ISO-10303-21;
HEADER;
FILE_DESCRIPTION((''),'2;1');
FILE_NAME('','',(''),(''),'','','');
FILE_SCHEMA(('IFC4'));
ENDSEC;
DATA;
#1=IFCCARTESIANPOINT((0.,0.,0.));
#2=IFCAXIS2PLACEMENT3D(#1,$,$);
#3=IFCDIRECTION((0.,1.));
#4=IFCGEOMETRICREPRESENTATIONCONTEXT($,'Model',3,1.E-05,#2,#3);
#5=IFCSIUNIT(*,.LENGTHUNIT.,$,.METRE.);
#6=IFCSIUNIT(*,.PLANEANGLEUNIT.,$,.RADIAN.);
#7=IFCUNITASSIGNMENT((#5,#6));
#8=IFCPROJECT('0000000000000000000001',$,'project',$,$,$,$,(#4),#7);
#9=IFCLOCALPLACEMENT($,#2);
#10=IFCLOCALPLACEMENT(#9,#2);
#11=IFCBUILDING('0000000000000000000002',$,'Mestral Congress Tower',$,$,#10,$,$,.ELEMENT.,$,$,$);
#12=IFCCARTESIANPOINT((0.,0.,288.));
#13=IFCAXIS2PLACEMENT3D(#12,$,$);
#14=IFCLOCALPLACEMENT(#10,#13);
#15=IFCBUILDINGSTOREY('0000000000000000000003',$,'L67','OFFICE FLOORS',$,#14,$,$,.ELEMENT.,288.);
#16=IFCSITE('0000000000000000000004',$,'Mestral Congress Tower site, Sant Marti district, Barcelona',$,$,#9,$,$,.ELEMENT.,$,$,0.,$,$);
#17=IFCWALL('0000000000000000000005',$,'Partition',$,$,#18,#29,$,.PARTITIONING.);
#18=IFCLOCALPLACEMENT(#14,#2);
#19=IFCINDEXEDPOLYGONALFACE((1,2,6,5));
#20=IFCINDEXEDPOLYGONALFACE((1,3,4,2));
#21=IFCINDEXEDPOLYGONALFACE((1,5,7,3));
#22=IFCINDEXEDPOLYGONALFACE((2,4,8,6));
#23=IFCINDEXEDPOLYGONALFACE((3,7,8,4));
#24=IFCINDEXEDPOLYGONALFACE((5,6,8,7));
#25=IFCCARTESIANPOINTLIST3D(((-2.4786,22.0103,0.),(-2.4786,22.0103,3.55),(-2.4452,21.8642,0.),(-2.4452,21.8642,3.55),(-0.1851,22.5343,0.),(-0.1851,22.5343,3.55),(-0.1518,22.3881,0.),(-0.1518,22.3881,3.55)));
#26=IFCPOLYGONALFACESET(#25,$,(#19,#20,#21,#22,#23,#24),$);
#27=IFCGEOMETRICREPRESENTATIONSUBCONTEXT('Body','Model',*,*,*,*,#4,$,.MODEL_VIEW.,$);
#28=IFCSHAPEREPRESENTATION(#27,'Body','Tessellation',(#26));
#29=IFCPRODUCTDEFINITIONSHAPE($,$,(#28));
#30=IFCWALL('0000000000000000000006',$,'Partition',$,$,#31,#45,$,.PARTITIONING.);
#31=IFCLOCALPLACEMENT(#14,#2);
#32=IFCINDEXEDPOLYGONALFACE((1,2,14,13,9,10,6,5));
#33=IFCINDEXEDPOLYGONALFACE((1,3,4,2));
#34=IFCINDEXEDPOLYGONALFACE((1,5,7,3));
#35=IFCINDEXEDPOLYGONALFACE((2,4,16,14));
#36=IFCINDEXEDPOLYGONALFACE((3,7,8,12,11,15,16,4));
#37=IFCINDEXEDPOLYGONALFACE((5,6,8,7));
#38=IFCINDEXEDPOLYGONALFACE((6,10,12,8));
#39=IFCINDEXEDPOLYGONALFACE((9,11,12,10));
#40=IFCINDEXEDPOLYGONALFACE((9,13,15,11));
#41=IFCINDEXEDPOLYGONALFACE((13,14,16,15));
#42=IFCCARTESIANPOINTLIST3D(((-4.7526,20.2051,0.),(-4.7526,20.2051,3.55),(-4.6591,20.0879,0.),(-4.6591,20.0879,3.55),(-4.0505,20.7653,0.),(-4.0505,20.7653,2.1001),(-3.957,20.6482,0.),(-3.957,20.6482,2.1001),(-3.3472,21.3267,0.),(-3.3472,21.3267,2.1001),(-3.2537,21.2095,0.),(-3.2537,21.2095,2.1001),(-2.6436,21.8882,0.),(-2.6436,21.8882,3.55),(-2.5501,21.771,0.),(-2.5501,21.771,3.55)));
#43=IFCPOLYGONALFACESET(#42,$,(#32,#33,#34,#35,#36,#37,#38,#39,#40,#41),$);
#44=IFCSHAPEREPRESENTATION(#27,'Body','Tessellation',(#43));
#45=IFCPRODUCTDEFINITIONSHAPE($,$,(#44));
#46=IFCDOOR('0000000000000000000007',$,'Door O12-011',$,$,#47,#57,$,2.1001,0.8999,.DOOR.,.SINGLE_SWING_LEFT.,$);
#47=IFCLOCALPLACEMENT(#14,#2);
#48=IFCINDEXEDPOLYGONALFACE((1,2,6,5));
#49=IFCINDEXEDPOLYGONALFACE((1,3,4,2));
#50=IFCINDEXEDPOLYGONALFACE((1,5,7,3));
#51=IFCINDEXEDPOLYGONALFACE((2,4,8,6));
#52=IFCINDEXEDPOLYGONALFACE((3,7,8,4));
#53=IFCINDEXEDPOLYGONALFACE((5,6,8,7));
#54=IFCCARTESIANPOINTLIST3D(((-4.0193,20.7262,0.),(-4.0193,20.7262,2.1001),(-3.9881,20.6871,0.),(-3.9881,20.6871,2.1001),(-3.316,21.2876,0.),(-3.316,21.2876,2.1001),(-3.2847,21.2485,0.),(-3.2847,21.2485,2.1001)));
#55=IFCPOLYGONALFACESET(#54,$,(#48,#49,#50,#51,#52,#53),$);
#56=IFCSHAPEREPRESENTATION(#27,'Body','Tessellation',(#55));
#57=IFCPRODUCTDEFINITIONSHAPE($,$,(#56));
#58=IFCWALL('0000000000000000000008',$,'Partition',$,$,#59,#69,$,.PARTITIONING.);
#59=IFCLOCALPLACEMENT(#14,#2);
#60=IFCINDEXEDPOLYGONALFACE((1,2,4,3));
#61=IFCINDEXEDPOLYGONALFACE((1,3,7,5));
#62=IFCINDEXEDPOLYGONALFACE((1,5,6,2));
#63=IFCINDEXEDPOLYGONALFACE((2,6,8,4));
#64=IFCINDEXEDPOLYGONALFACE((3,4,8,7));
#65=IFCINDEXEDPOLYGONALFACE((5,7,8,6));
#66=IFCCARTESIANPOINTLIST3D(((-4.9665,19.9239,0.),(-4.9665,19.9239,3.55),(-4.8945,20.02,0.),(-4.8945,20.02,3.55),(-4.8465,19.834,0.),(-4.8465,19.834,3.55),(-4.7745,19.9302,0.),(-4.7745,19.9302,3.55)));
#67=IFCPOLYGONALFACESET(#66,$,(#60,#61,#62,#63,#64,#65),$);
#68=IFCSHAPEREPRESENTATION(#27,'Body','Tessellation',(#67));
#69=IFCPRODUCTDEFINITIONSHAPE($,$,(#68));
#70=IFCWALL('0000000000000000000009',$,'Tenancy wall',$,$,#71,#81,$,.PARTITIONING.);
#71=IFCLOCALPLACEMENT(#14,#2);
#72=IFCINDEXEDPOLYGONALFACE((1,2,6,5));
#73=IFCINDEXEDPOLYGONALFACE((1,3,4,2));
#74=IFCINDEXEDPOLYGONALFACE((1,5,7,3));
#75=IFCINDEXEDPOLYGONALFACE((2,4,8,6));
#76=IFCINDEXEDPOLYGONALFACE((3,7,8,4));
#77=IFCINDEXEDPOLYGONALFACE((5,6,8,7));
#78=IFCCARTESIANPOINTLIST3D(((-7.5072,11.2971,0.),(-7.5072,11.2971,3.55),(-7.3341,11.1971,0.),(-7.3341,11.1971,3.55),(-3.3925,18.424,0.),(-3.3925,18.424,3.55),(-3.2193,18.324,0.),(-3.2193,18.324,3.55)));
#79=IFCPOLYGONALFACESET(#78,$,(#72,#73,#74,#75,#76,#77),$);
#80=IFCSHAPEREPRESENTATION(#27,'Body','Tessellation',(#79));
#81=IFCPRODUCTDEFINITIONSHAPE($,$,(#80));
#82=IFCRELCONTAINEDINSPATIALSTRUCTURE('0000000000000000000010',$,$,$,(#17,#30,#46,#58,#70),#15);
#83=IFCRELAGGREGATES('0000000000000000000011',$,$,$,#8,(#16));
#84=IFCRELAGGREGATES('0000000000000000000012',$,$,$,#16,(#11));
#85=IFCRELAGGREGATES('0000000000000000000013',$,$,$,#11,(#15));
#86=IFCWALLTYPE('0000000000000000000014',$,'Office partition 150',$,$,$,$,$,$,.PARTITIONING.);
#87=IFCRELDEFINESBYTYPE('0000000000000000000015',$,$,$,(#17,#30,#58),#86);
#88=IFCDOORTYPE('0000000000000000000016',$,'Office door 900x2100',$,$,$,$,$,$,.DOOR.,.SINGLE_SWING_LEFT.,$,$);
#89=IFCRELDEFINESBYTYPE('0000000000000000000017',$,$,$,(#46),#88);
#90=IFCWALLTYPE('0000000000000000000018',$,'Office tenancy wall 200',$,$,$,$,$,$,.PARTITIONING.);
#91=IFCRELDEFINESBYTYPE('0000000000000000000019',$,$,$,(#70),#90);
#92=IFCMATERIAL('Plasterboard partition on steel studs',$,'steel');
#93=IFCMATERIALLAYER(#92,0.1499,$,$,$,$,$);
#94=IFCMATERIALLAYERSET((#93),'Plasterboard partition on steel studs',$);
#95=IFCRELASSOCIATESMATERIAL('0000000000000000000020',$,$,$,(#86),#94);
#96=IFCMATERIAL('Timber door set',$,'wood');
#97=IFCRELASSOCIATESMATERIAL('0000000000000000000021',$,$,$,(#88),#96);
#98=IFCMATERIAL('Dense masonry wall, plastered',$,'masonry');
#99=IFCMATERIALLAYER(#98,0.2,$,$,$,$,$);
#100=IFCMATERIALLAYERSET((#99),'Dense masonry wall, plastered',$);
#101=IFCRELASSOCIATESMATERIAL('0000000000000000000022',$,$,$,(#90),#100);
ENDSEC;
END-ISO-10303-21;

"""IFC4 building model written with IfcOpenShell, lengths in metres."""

from ifc_helpers import new_model, si_unit, direction, frame, frame_2d, origin, place, context, subcontext, project, spatial, rectangle, extrude, material, layer, layer_set, type_object, element, fill, save


model = new_model("IFC4")

# Units and contexts
model_context = context("Model", 3, precision=1e-05, world=origin(), true_north=direction((0.0, 1.0)))
body_context = subcontext(model_context, "Body", "Model", "MODEL_VIEW")
ifc_project = project(units=[si_unit("LENGTHUNIT", "METRE"), si_unit("PLANEANGLEUNIT", "RADIAN")], contexts=[model_context])

# Site, building, storey
site_placement = place(None, origin())
site = spatial("IfcSite", under=ifc_project, at=site_placement, Name="Mestral Congress Tower site, Sant Marti district, Barcelona", CompositionType="ELEMENT", RefElevation=0.0)
building_placement = place(site_placement, origin())
building = spatial("IfcBuilding", under=site, at=building_placement, Name="Mestral Congress Tower", CompositionType="ELEMENT")
storey_placement = place(building_placement, frame((0.0, 0.0, 288.0)))
storey = spatial("IfcBuildingStorey", under=building, at=storey_placement, Name="L67", Description="OFFICE FLOORS", CompositionType="ELEMENT", Elevation=288.0)

# Wall
ifc_material_1 = material(Name="Plasterboard partition on steel studs", Category="steel")
ifc_layer_1 = layer(ifc_material_1, 0.1499)
ifc_layer_set_1 = layer_set([ifc_layer_1], Name="Plasterboard partition on steel studs")
wall_type_1 = type_object("IfcWallType", Name="Office partition 150", PredefinedType="PARTITIONING", material=ifc_layer_set_1)
wall_1_placement = place(storey_placement, frame((-0.1685, 22.4612, 0.0), z_axis=(0.0, 0.0, 1.0), x_axis=(-0.974886, -0.222706, 0.0)))
element("IfcWall", 1, at=wall_1_placement, inside=storey, type_object=wall_type_1, Name="Partition", PredefinedType="PARTITIONING", context=body_context, shape_type="SweptSolid", body=[
    extrude(rectangle(XDim=2.3525, YDim=0.1499, at=frame_2d((1.1763, 0.0))), origin(), (0.0, 0.0, 1.0), 3.55),
])

# Wall, opening, door
wall_2_placement = place(storey_placement, frame((-4.7058, 20.1465, 0.0), z_axis=(0.0, 0.0, 1.0), x_axis=(0.781592, 0.62379, 0.0)))
wall_2 = element("IfcWall", 2, at=wall_2_placement, inside=storey, type_object=wall_type_1, Name="Partition", PredefinedType="PARTITIONING", context=body_context, shape_type="SweptSolid", body=[
    extrude(rectangle(XDim=2.6982, YDim=0.1499, at=frame_2d((1.3491, 0.0))), origin(), (0.0, 0.0, 1.0), 3.55),
])
opening_1_placement = place(wall_2_placement, frame((0.8982, 0.0, 0.0)))
opening_1 = element("IfcOpeningElement", 3, at=opening_1_placement, cuts=wall_2, PredefinedType="OPENING", context=body_context, shape_type="SweptSolid", body=[
    extrude(rectangle(XDim=0.8999, YDim=2.1001, at=frame_2d((0.45, 1.05))), frame((0.0, 0.085, 0.0), z_axis=(0.0, -1.0, 0.0), x_axis=(1.0, 0.0, 0.0)), (0.0, 0.0, 1.0), 0.1699),
])
ifc_material_2 = material(Name="Timber door set", Category="wood")
door_type = type_object("IfcDoorType", Name="Office door 900x2100", OperationType="SINGLE_SWING_LEFT", PredefinedType="DOOR", material=ifc_material_2)
door_placement = place(opening_1_placement, origin())
door = element("IfcDoor", 4, at=door_placement, inside=storey, type_object=door_type, Name="Door O12-011", OperationType="SINGLE_SWING_LEFT", OverallHeight=2.1001, OverallWidth=0.8999, PredefinedType="DOOR", context=body_context, shape_type="SweptSolid", body=[
    extrude(rectangle(XDim=0.8999, YDim=2.1001, at=frame_2d((0.45, 1.05))), frame((0.0, 0.0249, 0.0), z_axis=(0.0, -1.0, 0.0), x_axis=(1.0, 0.0, 0.0)), (0.0, 0.0, 1.0), 0.05),
])
fill(opening_1, door)

# Walls
wall_3_placement = place(storey_placement, frame((-4.8345, 19.9751, 0.0), z_axis=(0.0, 0.0, 1.0), x_axis=(-0.59935, -0.800487, 0.0)))
element("IfcWall", 5, at=wall_3_placement, inside=storey, type_object=wall_type_1, Name="Partition", PredefinedType="PARTITIONING", context=body_context, shape_type="SweptSolid", body=[
    extrude(rectangle(XDim=0.1201, YDim=0.1499, at=frame_2d((0.0601, 0.0))), origin(), (0.0, 0.0, 1.0), 3.55),
])
ifc_material_3 = material(Name="Dense masonry wall, plastered", Category="masonry")
ifc_layer_2 = layer(ifc_material_3, 0.2)
ifc_layer_set_2 = layer_set([ifc_layer_2], Name="Dense masonry wall, plastered")
wall_type_2 = type_object("IfcWallType", Name="Office tenancy wall 200", PredefinedType="PARTITIONING", material=ifc_layer_set_2)
wall_4_placement = place(storey_placement, frame((-3.3059, 18.374, 0.0), z_axis=(0.0, 0.0, 1.0), x_axis=(-0.5, -0.866026, 0.0)))
element("IfcWall", 6, at=wall_4_placement, inside=storey, type_object=wall_type_2, Name="Tenancy wall", PredefinedType="PARTITIONING", context=body_context, shape_type="SweptSolid", body=[
    extrude(rectangle(XDim=8.2295, YDim=0.2, at=frame_2d((4.1147, 0.0))), origin(), (0.0, 0.0, 1.0), 3.55),
])

save(model, "model.ifc")
